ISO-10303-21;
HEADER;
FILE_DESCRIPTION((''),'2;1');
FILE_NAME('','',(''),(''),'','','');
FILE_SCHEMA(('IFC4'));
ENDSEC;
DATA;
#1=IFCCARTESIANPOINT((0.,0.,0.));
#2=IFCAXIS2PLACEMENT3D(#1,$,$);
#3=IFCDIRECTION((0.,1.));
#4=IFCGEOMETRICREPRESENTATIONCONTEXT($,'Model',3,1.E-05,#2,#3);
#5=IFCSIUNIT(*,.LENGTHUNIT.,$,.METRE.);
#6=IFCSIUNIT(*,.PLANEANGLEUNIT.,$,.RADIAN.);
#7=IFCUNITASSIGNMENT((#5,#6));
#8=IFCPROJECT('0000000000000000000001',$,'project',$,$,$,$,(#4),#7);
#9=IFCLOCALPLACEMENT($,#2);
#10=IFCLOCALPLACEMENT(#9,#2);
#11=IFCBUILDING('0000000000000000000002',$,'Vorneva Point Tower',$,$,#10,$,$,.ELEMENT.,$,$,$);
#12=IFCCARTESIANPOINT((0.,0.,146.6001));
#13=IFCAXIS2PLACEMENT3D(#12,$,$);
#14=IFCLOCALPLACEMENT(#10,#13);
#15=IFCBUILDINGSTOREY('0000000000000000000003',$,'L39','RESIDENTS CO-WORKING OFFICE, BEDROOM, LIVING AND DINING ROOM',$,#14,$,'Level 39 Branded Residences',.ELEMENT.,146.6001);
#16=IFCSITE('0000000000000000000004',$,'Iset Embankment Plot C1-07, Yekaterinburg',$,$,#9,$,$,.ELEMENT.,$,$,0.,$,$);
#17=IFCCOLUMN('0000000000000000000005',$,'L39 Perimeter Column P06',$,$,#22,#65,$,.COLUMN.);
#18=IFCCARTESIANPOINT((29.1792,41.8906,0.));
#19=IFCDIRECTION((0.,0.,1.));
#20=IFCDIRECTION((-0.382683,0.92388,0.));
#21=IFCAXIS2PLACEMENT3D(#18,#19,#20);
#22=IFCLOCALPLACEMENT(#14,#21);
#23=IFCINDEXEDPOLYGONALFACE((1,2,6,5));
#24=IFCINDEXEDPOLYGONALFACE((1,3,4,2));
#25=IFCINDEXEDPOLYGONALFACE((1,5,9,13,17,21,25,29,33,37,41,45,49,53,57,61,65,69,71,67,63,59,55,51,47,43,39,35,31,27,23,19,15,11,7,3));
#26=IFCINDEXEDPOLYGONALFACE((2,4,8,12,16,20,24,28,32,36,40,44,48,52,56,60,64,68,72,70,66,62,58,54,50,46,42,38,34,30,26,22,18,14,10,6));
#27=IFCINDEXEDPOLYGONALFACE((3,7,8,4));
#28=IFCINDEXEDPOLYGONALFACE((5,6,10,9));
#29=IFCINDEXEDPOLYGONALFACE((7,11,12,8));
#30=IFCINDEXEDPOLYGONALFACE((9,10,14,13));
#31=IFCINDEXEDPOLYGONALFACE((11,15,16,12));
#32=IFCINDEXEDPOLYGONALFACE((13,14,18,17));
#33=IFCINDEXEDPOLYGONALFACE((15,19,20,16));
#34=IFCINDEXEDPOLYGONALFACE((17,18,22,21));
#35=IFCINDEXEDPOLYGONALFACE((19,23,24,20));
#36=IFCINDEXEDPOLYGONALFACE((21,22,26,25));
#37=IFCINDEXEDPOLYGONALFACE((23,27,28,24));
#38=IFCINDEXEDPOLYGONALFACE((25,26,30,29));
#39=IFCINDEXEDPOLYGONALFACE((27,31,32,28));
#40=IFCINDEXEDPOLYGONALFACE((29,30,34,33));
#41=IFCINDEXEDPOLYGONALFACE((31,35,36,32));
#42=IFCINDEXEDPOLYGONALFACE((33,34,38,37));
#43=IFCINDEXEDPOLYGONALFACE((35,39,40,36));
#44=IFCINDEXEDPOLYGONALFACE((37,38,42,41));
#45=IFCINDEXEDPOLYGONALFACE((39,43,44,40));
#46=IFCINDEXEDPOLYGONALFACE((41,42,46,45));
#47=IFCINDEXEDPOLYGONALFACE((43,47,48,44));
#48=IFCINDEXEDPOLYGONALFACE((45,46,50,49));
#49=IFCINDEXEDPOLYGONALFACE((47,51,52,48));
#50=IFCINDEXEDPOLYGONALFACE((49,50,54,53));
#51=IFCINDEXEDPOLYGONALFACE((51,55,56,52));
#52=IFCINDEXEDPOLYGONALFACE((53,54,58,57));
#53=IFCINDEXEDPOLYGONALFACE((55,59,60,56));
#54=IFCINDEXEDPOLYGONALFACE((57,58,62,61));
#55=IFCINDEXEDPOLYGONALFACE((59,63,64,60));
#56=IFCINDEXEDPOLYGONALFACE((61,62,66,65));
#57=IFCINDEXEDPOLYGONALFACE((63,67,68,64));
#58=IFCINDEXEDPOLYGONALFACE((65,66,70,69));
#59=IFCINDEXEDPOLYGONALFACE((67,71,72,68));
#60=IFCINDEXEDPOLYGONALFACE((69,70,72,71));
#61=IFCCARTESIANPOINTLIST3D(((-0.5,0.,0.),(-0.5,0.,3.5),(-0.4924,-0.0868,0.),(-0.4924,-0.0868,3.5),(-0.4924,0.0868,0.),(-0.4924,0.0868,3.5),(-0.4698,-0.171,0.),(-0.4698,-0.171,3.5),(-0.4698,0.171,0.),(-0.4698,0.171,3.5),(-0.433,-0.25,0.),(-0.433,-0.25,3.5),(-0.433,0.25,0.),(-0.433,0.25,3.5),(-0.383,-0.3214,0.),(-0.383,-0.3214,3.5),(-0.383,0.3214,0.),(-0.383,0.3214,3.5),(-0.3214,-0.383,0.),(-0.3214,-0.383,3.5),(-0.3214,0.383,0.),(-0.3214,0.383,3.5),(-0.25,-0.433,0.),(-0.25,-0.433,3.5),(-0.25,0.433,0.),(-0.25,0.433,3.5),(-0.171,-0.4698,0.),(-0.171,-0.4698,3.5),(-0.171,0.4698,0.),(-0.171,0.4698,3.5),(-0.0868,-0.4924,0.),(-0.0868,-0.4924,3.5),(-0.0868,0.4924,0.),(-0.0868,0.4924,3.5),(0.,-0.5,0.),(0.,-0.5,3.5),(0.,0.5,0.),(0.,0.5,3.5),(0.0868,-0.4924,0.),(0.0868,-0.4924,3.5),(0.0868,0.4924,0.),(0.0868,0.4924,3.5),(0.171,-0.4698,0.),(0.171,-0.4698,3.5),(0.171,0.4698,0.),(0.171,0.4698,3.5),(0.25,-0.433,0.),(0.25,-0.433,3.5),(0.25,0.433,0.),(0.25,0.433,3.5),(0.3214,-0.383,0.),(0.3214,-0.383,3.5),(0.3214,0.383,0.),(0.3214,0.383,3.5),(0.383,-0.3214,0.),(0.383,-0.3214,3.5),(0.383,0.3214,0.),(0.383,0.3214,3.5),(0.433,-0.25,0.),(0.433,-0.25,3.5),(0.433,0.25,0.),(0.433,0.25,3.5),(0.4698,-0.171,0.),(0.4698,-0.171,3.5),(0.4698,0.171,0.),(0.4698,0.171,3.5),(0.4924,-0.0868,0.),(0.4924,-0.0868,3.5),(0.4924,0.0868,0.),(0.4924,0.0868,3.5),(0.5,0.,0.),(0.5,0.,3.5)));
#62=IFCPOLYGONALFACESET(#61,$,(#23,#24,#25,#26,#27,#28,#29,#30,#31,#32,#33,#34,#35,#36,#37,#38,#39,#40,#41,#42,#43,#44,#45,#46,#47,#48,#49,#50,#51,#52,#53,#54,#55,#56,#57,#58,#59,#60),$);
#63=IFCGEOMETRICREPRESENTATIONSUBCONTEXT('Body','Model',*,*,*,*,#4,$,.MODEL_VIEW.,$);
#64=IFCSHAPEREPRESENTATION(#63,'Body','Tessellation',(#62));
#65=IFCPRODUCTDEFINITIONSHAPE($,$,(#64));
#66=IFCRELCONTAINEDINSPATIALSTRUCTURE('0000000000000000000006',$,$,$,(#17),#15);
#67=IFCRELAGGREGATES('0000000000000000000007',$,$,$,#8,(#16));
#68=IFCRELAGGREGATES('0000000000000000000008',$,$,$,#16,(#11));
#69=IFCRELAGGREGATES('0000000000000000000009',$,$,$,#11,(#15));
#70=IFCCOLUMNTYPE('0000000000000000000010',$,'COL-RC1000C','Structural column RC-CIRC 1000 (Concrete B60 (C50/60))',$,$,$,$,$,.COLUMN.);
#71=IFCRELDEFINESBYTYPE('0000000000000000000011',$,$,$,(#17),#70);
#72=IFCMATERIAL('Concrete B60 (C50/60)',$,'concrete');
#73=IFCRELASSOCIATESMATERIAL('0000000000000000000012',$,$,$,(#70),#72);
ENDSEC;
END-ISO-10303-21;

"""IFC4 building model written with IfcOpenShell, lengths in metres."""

from ifc_helpers import new_model, si_unit, direction, frame, origin, origin_2d, place, context, subcontext, project, spatial, circle, extrude, material, material_profile, profile_set, type_object, element, save


model = new_model("IFC4")

# Units and contexts
model_context = context("Model", 3, precision=1e-05, world=origin(), true_north=direction((0.0, 1.0)))
body_context = subcontext(model_context, "Body", "Model", "MODEL_VIEW")
ifc_project = project(units=[si_unit("LENGTHUNIT", "METRE"), si_unit("PLANEANGLEUNIT", "RADIAN")], contexts=[model_context])

# Site, building, storey
site_placement = place(None, origin())
site = spatial("IfcSite", under=ifc_project, at=site_placement, Name="Iset Embankment Plot C1-07, Yekaterinburg", CompositionType="ELEMENT", RefElevation=0.0)
building_placement = place(site_placement, origin())
building = spatial("IfcBuilding", under=site, at=building_placement, Name="Vorneva Point Tower", CompositionType="ELEMENT")
storey_placement = place(building_placement, frame((0.0, 0.0, 146.6001)))
storey = spatial("IfcBuildingStorey", under=building, at=storey_placement, Name="L39", Description="RESIDENTS CO-WORKING OFFICE, BEDROOM, LIVING AND DINING ROOM", LongName="Level 39 Branded Residences", CompositionType="ELEMENT", Elevation=146.6001)

# Column
ifc_material_1 = material(Name="Concrete B60 (C50/60)", Category="concrete")
ifc_material_profile_1 = material_profile(ifc_material_1, circle(Radius=0.5, at=origin_2d()), Name="RC-CIRC 1000")
ifc_profile_set_1 = profile_set([ifc_material_profile_1], Name="Concrete B60 (C50/60)")
column_type = type_object("IfcColumnType", Name="COL-RC1000C", Description="Structural column RC-CIRC 1000 (Concrete B60 (C50/60))", PredefinedType="COLUMN", material=ifc_profile_set_1)
column_placement = place(storey_placement, frame((29.1792, 41.8906, 0.0), z_axis=(0.0, 0.0, 1.0), x_axis=(-0.382683, 0.92388, 0.0)))
element("IfcColumn", 1, at=column_placement, inside=storey, type_object=column_type, Name="L39 Perimeter Column P06", PredefinedType="COLUMN", context=body_context, shape_type="SweptSolid", body=[
    extrude(circle(Radius=0.5, at=origin_2d()), origin(), (0.0, 0.0, 1.0), 3.5),
])

save(model, "model.ifc")
